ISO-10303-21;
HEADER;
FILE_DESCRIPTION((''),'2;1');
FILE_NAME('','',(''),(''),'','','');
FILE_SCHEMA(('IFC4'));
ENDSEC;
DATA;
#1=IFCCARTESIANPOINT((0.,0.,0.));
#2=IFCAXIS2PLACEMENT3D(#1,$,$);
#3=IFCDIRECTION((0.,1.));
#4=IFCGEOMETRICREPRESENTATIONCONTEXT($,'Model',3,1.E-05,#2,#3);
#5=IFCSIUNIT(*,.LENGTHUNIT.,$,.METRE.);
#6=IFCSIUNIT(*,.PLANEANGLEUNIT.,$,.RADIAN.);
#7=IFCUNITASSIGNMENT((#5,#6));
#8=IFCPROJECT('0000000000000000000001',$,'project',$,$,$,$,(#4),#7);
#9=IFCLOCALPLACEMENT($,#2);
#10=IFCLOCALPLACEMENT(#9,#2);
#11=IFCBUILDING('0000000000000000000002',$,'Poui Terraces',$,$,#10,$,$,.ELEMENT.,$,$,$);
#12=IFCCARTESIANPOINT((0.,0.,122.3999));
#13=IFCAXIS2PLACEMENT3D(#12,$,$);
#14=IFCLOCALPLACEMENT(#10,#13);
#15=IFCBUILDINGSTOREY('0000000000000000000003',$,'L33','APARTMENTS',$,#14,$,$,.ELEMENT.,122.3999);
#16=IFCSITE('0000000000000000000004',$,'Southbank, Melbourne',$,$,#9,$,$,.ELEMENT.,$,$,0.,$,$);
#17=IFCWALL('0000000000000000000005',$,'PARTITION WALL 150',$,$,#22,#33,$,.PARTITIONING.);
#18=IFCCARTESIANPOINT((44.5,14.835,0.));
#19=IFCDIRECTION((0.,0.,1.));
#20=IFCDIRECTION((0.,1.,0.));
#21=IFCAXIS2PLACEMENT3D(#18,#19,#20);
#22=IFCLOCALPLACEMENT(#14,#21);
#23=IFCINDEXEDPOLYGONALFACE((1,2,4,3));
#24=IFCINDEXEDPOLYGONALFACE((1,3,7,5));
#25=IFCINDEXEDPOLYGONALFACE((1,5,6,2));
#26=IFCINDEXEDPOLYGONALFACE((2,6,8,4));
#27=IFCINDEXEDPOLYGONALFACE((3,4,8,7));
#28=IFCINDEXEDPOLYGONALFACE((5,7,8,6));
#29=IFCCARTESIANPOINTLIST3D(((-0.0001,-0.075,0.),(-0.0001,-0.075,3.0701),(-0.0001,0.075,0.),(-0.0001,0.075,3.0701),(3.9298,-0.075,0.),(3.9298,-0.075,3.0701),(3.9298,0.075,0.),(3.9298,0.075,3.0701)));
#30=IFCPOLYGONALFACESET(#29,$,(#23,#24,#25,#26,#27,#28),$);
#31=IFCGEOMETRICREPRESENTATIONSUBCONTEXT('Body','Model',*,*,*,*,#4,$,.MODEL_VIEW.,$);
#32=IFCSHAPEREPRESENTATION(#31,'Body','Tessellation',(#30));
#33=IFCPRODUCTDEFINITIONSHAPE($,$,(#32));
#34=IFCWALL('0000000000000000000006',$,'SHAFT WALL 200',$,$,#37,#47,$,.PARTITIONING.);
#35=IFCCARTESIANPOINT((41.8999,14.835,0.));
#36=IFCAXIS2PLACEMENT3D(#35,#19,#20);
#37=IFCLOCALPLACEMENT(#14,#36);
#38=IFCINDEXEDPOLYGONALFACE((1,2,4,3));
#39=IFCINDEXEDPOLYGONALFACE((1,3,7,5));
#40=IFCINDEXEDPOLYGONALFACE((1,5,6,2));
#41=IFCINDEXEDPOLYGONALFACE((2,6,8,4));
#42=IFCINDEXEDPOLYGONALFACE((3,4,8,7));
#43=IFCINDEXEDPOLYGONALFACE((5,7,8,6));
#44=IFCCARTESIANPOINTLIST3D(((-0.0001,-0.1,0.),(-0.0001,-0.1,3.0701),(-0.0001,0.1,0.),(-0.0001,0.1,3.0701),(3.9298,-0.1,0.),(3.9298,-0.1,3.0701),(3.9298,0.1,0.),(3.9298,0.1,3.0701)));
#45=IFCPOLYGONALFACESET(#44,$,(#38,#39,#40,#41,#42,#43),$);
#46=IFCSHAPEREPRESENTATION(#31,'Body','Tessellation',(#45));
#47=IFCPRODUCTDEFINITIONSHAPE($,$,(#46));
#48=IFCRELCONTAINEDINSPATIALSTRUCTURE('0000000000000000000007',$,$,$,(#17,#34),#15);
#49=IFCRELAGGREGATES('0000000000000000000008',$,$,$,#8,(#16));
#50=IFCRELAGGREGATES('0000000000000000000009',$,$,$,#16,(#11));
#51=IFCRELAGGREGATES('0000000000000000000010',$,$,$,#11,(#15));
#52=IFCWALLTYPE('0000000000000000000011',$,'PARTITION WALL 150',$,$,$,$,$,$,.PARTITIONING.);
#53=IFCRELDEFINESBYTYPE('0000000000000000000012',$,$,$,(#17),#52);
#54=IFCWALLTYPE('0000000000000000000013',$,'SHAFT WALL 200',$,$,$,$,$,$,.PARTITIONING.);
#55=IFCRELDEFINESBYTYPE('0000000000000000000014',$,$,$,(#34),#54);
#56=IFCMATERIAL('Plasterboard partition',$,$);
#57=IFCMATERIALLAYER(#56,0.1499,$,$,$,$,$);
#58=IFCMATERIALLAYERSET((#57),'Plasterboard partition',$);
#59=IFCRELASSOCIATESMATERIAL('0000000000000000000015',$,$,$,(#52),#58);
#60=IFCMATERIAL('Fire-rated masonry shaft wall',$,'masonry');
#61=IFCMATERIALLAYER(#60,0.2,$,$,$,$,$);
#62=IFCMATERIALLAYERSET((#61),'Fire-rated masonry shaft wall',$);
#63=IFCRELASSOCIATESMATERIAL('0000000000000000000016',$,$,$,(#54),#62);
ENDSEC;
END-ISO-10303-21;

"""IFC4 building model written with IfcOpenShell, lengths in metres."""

from ifc_helpers import new_model, si_unit, direction, frame, frame_2d, origin, place, context, subcontext, project, spatial, rectangle, extrude, material, layer, layer_set, type_object, element, save


model = new_model("IFC4")

# Units and contexts
model_context = context("Model", 3, precision=1e-05, world=origin(), true_north=direction((0.0, 1.0)))
body_context = subcontext(model_context, "Body", "Model", "MODEL_VIEW")
ifc_project = project(units=[si_unit("LENGTHUNIT", "METRE"), si_unit("PLANEANGLEUNIT", "RADIAN")], contexts=[model_context])

# Site, building, storey
site_placement = place(None, origin())
site = spatial("IfcSite", under=ifc_project, at=site_placement, Name="Southbank, Melbourne", CompositionType="ELEMENT", RefElevation=0.0)
building_placement = place(site_placement, origin())
building = spatial("IfcBuilding", under=site, at=building_placement, Name="Poui Terraces", CompositionType="ELEMENT")
storey_placement = place(building_placement, frame((0.0, 0.0, 122.3999)))
storey = spatial("IfcBuildingStorey", under=building, at=storey_placement, Name="L33", Description="APARTMENTS", CompositionType="ELEMENT", Elevation=122.3999)

# Wall
ifc_material_1 = material(Name="Plasterboard partition")
ifc_layer_1 = layer(ifc_material_1, 0.1499)
ifc_layer_set_1 = layer_set([ifc_layer_1], Name="Plasterboard partition")
wall_type_1 = type_object("IfcWallType", Name="PARTITION WALL 150", PredefinedType="PARTITIONING", material=ifc_layer_set_1)
wall_1_placement = place(storey_placement, frame((44.5, 14.835, 0.0), z_axis=(0.0, 0.0, 1.0), x_axis=(0.0, 1.0, 0.0)))
element("IfcWall", 1, at=wall_1_placement, inside=storey, type_object=wall_type_1, Name="PARTITION WALL 150", PredefinedType="PARTITIONING", context=body_context, shape_type="SweptSolid", body=[
    extrude(rectangle(XDim=3.9299, YDim=0.1499, at=frame_2d((1.9648, 0.0))), origin(), (0.0, 0.0, 1.0), 3.0701),
])

# Shared definitions
ifc_material_2 = material(Name="Fire-rated masonry shaft wall", Category="masonry")
ifc_layer_2 = layer(ifc_material_2, 0.2)
ifc_layer_set_2 = layer_set([ifc_layer_2], Name="Fire-rated masonry shaft wall")
wall_type_2 = type_object("IfcWallType", Name="SHAFT WALL 200", PredefinedType="PARTITIONING", material=ifc_layer_set_2)

# Wall
wall_2_placement = place(storey_placement, frame((41.8999, 14.835, 0.0), z_axis=(0.0, 0.0, 1.0), x_axis=(0.0, 1.0, 0.0)))
element("IfcWall", 2, at=wall_2_placement, inside=storey, type_object=wall_type_2, Name="SHAFT WALL 200", PredefinedType="PARTITIONING", context=body_context, shape_type="SweptSolid", body=[
    extrude(rectangle(XDim=3.9299, YDim=0.2, at=frame_2d((1.9648, 0.0))), origin(), (0.0, 0.0, 1.0), 3.0701),
])

save(model, "model.ifc")
